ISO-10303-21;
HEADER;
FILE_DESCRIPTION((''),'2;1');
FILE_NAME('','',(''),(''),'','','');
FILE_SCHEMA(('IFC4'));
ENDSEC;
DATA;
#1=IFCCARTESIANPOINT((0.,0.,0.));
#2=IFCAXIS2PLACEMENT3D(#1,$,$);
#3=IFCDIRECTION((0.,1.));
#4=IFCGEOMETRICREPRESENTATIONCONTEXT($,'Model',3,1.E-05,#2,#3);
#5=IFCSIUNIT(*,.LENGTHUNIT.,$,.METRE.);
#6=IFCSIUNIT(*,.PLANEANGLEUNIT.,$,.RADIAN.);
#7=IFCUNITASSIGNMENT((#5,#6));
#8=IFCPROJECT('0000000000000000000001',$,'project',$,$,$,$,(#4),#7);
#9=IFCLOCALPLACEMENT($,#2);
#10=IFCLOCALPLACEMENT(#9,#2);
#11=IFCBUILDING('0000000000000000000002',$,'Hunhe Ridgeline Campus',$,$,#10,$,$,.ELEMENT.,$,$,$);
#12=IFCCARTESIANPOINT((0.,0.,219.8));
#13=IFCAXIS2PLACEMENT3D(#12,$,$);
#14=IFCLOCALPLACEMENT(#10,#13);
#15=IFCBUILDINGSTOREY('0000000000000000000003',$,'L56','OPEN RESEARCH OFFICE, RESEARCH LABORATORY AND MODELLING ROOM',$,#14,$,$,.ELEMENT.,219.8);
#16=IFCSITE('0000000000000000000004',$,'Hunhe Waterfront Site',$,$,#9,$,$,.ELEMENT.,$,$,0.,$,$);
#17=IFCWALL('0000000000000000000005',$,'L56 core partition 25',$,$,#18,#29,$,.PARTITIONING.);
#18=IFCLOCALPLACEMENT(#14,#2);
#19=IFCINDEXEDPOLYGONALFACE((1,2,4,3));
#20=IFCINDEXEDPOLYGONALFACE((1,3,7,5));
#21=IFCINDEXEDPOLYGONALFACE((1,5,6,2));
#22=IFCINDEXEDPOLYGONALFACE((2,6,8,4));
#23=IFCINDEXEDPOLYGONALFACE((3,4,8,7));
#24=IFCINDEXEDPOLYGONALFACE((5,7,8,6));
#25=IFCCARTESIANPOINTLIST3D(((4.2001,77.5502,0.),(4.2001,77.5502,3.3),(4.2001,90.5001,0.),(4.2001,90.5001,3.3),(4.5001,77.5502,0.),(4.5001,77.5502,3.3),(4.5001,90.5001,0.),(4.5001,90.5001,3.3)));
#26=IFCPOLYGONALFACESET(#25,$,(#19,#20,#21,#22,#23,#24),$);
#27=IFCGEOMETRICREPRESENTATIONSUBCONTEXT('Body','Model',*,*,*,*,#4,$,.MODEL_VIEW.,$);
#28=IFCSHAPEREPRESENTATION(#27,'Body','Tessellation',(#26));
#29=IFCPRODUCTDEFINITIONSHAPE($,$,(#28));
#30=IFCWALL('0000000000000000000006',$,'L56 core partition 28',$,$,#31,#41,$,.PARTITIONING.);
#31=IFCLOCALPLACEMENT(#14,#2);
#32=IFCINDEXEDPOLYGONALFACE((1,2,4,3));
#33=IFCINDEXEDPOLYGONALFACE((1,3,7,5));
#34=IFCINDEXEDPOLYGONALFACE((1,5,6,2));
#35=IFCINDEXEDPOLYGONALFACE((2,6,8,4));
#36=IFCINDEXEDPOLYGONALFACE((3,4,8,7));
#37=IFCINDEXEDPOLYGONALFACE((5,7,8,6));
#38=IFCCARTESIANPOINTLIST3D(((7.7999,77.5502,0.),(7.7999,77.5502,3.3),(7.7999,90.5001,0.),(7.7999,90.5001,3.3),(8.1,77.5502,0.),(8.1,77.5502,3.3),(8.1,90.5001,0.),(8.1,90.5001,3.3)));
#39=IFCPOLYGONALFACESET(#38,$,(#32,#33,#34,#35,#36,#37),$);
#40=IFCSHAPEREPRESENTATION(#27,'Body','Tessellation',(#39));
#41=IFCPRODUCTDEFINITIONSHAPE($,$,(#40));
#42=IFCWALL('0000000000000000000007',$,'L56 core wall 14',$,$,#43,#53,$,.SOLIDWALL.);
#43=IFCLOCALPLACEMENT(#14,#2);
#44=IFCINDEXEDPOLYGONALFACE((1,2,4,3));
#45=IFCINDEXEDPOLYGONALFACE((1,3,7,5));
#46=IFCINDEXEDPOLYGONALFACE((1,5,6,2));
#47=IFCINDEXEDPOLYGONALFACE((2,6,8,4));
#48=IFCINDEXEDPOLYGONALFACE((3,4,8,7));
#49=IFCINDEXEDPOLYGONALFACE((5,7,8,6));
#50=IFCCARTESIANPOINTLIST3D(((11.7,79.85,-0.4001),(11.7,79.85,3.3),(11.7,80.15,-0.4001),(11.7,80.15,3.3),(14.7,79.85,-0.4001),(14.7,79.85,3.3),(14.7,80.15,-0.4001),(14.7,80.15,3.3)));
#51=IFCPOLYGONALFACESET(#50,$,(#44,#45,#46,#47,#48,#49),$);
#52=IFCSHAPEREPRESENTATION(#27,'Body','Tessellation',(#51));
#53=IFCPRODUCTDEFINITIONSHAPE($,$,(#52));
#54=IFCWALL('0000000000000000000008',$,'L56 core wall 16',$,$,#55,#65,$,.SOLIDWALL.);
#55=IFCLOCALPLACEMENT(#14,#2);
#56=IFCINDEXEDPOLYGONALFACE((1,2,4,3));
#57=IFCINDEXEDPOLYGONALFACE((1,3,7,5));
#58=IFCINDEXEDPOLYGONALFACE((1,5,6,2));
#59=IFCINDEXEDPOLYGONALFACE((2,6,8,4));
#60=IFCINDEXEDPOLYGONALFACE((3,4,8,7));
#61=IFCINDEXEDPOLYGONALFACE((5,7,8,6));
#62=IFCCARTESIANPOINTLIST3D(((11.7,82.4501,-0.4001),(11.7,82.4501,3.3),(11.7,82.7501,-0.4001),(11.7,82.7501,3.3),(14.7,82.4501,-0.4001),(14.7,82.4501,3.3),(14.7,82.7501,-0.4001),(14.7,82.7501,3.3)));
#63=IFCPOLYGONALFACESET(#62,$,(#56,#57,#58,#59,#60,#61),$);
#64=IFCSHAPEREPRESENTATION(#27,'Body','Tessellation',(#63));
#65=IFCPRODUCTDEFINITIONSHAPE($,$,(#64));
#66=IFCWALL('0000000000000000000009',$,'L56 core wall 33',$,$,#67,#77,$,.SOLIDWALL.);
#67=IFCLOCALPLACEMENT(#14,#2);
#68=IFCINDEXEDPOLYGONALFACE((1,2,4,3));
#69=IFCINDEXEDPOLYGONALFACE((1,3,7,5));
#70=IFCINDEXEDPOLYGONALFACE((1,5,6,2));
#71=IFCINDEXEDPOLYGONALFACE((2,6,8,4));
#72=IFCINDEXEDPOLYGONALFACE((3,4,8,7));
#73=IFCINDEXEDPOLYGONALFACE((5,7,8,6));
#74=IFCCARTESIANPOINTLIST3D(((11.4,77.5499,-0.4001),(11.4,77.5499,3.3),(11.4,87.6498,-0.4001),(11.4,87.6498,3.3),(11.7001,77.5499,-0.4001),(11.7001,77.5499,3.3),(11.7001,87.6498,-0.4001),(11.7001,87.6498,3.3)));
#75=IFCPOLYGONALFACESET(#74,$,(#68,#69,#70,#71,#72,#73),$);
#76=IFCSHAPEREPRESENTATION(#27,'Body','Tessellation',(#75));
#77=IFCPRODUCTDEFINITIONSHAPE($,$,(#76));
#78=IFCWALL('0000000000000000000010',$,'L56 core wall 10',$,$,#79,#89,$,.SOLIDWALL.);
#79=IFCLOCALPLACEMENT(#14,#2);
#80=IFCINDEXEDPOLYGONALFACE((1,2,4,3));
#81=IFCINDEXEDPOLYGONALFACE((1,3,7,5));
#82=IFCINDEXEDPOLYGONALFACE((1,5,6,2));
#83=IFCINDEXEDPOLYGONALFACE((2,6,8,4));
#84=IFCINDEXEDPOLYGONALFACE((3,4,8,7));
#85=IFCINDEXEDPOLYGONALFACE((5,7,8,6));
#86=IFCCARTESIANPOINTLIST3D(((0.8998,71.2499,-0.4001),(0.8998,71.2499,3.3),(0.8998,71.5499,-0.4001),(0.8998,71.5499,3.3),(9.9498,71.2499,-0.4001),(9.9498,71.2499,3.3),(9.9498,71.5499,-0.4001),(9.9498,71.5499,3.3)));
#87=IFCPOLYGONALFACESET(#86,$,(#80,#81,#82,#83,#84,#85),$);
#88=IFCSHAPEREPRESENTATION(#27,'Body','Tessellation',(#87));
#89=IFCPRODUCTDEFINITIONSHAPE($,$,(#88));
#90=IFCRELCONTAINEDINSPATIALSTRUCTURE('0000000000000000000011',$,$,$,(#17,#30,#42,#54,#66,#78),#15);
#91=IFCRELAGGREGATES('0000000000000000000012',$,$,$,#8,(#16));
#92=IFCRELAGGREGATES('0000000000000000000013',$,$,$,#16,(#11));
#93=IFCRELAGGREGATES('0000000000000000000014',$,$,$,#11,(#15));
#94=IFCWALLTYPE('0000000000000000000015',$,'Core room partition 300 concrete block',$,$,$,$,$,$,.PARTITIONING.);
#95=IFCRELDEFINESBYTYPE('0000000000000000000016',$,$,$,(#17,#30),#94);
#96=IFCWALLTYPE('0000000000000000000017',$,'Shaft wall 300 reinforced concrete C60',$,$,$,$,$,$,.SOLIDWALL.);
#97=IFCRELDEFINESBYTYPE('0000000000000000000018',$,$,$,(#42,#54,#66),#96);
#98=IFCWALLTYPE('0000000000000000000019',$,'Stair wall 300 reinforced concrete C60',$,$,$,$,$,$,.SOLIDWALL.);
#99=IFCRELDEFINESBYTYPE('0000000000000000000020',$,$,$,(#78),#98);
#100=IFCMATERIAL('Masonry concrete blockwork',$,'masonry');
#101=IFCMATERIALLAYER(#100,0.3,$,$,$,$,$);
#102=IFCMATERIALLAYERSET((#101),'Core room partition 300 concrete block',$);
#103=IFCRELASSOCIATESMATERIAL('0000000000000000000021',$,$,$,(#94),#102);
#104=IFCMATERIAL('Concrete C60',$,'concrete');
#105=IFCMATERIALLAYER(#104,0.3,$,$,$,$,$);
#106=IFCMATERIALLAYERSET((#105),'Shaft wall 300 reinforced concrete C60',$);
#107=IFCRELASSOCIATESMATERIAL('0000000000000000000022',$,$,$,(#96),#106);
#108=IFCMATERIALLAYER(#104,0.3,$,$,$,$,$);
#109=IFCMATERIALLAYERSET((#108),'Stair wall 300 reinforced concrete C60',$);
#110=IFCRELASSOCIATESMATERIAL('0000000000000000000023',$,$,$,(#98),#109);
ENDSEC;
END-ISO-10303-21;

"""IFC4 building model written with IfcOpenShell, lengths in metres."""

from ifc_helpers import new_model, si_unit, direction, frame, frame_2d, origin, place, context, subcontext, project, spatial, rectangle, extrude, material, layer, layer_set, type_object, element, save


model = new_model("IFC4")

# Units and contexts
model_context = context("Model", 3, precision=1e-05, world=origin(), true_north=direction((0.0, 1.0)))
body_context = subcontext(model_context, "Body", "Model", "MODEL_VIEW")
ifc_project = project(units=[si_unit("LENGTHUNIT", "METRE"), si_unit("PLANEANGLEUNIT", "RADIAN")], contexts=[model_context])

# Site, building, storey
site_placement = place(None, origin())
site = spatial("IfcSite", under=ifc_project, at=site_placement, Name="Hunhe Waterfront Site", CompositionType="ELEMENT", RefElevation=0.0)
building_placement = place(site_placement, origin())
building = spatial("IfcBuilding", under=site, at=building_placement, Name="Hunhe Ridgeline Campus", CompositionType="ELEMENT")
storey_placement = place(building_placement, frame((0.0, 0.0, 219.8)))
storey = spatial("IfcBuildingStorey", under=building, at=storey_placement, Name="L56", Description="OPEN RESEARCH OFFICE, RESEARCH LABORATORY AND MODELLING ROOM", CompositionType="ELEMENT", Elevation=219.8)

# Shared definitions
ifc_material_1 = material(Name="Masonry concrete blockwork", Category="masonry")
ifc_layer_1 = layer(ifc_material_1, 0.3)
ifc_layer_set_1 = layer_set([ifc_layer_1], Name="Core room partition 300 concrete block")
wall_type_1 = type_object("IfcWallType", Name="Core room partition 300 concrete block", PredefinedType="PARTITIONING", material=ifc_layer_set_1)

# Walls
for number, where, z_axis, x_axis, name in (
    (1, (4.3501, 77.55, 0.0), (0.0, 0.0, 1.0), (0.0, 1.0, 0.0), "L56 core partition 25"),
    (2, (7.95, 77.55, 0.0), (0.0, 0.0, 1.0), (0.0, 1.0, 0.0), "L56 core partition 28"),
):
    element("IfcWall", number, at=place(storey_placement, frame(where, z_axis=z_axis, x_axis=x_axis)), inside=storey, type_object=wall_type_1, Name=name, PredefinedType="PARTITIONING", context=body_context, shape_type="SweptSolid", body=[
        extrude(rectangle(XDim=12.95, YDim=0.3, at=frame_2d((6.4751, 0.0))), origin(), (0.0, 0.0, 1.0), 3.3),
    ])

# Shared definitions
ifc_material_2 = material(Name="Concrete C60", Category="concrete")
ifc_layer_2 = layer(ifc_material_2, 0.3)
ifc_layer_set_2 = layer_set([ifc_layer_2], Name="Shaft wall 300 reinforced concrete C60")
wall_type_2 = type_object("IfcWallType", Name="Shaft wall 300 reinforced concrete C60", PredefinedType="SOLIDWALL", material=ifc_layer_set_2)

# Walls
for number, where, z_axis, x_axis, name in (
    (3, (11.7, 80.0, -0.4001), (0.0, 0.0, 1.0), (1.0, 0.0, 0.0), "L56 core wall 14"),
    (4, (11.7, 82.6001, -0.4001), (0.0, 0.0, 1.0), (1.0, 0.0, 0.0), "L56 core wall 16"),
):
    element("IfcWall", number, at=place(storey_placement, frame(where, z_axis=z_axis, x_axis=x_axis)), inside=storey, type_object=wall_type_2, Name=name, PredefinedType="SOLIDWALL", context=body_context, shape_type="SweptSolid", body=[
        extrude(rectangle(XDim=3.0, YDim=0.3, at=frame_2d((1.5, 0.0))), origin(), (0.0, 0.0, 1.0), 3.7002),
    ])
wall_1_placement = place(storey_placement, frame((11.55, 77.55, -0.4001), z_axis=(0.0, 0.0, 1.0), x_axis=(0.0, 1.0, 0.0)))
element("IfcWall", 5, at=wall_1_placement, inside=storey, type_object=wall_type_2, Name="L56 core wall 33", PredefinedType="SOLIDWALL", context=body_context, shape_type="SweptSolid", body=[
    extrude(rectangle(XDim=10.0999, YDim=0.3, at=frame_2d((5.0498, 0.0))), origin(), (0.0, 0.0, 1.0), 3.7002),
])
ifc_layer_3 = layer(ifc_material_2, 0.3)
ifc_layer_set_3 = layer_set([ifc_layer_3], Name="Stair wall 300 reinforced concrete C60")
wall_type_3 = type_object("IfcWallType", Name="Stair wall 300 reinforced concrete C60", PredefinedType="SOLIDWALL", material=ifc_layer_set_3)
wall_2_placement = place(storey_placement, frame((0.8999, 71.3999, -0.4001), z_axis=(0.0, 0.0, 1.0), x_axis=(1.0, 0.0, 0.0)))
element("IfcWall", 6, at=wall_2_placement, inside=storey, type_object=wall_type_3, Name="L56 core wall 10", PredefinedType="SOLIDWALL", context=body_context, shape_type="SweptSolid", body=[
    extrude(rectangle(XDim=9.05, YDim=0.3, at=frame_2d((4.5249, 0.0))), origin(), (0.0, 0.0, 1.0), 3.7002),
])

save(model, "model.ifc")
